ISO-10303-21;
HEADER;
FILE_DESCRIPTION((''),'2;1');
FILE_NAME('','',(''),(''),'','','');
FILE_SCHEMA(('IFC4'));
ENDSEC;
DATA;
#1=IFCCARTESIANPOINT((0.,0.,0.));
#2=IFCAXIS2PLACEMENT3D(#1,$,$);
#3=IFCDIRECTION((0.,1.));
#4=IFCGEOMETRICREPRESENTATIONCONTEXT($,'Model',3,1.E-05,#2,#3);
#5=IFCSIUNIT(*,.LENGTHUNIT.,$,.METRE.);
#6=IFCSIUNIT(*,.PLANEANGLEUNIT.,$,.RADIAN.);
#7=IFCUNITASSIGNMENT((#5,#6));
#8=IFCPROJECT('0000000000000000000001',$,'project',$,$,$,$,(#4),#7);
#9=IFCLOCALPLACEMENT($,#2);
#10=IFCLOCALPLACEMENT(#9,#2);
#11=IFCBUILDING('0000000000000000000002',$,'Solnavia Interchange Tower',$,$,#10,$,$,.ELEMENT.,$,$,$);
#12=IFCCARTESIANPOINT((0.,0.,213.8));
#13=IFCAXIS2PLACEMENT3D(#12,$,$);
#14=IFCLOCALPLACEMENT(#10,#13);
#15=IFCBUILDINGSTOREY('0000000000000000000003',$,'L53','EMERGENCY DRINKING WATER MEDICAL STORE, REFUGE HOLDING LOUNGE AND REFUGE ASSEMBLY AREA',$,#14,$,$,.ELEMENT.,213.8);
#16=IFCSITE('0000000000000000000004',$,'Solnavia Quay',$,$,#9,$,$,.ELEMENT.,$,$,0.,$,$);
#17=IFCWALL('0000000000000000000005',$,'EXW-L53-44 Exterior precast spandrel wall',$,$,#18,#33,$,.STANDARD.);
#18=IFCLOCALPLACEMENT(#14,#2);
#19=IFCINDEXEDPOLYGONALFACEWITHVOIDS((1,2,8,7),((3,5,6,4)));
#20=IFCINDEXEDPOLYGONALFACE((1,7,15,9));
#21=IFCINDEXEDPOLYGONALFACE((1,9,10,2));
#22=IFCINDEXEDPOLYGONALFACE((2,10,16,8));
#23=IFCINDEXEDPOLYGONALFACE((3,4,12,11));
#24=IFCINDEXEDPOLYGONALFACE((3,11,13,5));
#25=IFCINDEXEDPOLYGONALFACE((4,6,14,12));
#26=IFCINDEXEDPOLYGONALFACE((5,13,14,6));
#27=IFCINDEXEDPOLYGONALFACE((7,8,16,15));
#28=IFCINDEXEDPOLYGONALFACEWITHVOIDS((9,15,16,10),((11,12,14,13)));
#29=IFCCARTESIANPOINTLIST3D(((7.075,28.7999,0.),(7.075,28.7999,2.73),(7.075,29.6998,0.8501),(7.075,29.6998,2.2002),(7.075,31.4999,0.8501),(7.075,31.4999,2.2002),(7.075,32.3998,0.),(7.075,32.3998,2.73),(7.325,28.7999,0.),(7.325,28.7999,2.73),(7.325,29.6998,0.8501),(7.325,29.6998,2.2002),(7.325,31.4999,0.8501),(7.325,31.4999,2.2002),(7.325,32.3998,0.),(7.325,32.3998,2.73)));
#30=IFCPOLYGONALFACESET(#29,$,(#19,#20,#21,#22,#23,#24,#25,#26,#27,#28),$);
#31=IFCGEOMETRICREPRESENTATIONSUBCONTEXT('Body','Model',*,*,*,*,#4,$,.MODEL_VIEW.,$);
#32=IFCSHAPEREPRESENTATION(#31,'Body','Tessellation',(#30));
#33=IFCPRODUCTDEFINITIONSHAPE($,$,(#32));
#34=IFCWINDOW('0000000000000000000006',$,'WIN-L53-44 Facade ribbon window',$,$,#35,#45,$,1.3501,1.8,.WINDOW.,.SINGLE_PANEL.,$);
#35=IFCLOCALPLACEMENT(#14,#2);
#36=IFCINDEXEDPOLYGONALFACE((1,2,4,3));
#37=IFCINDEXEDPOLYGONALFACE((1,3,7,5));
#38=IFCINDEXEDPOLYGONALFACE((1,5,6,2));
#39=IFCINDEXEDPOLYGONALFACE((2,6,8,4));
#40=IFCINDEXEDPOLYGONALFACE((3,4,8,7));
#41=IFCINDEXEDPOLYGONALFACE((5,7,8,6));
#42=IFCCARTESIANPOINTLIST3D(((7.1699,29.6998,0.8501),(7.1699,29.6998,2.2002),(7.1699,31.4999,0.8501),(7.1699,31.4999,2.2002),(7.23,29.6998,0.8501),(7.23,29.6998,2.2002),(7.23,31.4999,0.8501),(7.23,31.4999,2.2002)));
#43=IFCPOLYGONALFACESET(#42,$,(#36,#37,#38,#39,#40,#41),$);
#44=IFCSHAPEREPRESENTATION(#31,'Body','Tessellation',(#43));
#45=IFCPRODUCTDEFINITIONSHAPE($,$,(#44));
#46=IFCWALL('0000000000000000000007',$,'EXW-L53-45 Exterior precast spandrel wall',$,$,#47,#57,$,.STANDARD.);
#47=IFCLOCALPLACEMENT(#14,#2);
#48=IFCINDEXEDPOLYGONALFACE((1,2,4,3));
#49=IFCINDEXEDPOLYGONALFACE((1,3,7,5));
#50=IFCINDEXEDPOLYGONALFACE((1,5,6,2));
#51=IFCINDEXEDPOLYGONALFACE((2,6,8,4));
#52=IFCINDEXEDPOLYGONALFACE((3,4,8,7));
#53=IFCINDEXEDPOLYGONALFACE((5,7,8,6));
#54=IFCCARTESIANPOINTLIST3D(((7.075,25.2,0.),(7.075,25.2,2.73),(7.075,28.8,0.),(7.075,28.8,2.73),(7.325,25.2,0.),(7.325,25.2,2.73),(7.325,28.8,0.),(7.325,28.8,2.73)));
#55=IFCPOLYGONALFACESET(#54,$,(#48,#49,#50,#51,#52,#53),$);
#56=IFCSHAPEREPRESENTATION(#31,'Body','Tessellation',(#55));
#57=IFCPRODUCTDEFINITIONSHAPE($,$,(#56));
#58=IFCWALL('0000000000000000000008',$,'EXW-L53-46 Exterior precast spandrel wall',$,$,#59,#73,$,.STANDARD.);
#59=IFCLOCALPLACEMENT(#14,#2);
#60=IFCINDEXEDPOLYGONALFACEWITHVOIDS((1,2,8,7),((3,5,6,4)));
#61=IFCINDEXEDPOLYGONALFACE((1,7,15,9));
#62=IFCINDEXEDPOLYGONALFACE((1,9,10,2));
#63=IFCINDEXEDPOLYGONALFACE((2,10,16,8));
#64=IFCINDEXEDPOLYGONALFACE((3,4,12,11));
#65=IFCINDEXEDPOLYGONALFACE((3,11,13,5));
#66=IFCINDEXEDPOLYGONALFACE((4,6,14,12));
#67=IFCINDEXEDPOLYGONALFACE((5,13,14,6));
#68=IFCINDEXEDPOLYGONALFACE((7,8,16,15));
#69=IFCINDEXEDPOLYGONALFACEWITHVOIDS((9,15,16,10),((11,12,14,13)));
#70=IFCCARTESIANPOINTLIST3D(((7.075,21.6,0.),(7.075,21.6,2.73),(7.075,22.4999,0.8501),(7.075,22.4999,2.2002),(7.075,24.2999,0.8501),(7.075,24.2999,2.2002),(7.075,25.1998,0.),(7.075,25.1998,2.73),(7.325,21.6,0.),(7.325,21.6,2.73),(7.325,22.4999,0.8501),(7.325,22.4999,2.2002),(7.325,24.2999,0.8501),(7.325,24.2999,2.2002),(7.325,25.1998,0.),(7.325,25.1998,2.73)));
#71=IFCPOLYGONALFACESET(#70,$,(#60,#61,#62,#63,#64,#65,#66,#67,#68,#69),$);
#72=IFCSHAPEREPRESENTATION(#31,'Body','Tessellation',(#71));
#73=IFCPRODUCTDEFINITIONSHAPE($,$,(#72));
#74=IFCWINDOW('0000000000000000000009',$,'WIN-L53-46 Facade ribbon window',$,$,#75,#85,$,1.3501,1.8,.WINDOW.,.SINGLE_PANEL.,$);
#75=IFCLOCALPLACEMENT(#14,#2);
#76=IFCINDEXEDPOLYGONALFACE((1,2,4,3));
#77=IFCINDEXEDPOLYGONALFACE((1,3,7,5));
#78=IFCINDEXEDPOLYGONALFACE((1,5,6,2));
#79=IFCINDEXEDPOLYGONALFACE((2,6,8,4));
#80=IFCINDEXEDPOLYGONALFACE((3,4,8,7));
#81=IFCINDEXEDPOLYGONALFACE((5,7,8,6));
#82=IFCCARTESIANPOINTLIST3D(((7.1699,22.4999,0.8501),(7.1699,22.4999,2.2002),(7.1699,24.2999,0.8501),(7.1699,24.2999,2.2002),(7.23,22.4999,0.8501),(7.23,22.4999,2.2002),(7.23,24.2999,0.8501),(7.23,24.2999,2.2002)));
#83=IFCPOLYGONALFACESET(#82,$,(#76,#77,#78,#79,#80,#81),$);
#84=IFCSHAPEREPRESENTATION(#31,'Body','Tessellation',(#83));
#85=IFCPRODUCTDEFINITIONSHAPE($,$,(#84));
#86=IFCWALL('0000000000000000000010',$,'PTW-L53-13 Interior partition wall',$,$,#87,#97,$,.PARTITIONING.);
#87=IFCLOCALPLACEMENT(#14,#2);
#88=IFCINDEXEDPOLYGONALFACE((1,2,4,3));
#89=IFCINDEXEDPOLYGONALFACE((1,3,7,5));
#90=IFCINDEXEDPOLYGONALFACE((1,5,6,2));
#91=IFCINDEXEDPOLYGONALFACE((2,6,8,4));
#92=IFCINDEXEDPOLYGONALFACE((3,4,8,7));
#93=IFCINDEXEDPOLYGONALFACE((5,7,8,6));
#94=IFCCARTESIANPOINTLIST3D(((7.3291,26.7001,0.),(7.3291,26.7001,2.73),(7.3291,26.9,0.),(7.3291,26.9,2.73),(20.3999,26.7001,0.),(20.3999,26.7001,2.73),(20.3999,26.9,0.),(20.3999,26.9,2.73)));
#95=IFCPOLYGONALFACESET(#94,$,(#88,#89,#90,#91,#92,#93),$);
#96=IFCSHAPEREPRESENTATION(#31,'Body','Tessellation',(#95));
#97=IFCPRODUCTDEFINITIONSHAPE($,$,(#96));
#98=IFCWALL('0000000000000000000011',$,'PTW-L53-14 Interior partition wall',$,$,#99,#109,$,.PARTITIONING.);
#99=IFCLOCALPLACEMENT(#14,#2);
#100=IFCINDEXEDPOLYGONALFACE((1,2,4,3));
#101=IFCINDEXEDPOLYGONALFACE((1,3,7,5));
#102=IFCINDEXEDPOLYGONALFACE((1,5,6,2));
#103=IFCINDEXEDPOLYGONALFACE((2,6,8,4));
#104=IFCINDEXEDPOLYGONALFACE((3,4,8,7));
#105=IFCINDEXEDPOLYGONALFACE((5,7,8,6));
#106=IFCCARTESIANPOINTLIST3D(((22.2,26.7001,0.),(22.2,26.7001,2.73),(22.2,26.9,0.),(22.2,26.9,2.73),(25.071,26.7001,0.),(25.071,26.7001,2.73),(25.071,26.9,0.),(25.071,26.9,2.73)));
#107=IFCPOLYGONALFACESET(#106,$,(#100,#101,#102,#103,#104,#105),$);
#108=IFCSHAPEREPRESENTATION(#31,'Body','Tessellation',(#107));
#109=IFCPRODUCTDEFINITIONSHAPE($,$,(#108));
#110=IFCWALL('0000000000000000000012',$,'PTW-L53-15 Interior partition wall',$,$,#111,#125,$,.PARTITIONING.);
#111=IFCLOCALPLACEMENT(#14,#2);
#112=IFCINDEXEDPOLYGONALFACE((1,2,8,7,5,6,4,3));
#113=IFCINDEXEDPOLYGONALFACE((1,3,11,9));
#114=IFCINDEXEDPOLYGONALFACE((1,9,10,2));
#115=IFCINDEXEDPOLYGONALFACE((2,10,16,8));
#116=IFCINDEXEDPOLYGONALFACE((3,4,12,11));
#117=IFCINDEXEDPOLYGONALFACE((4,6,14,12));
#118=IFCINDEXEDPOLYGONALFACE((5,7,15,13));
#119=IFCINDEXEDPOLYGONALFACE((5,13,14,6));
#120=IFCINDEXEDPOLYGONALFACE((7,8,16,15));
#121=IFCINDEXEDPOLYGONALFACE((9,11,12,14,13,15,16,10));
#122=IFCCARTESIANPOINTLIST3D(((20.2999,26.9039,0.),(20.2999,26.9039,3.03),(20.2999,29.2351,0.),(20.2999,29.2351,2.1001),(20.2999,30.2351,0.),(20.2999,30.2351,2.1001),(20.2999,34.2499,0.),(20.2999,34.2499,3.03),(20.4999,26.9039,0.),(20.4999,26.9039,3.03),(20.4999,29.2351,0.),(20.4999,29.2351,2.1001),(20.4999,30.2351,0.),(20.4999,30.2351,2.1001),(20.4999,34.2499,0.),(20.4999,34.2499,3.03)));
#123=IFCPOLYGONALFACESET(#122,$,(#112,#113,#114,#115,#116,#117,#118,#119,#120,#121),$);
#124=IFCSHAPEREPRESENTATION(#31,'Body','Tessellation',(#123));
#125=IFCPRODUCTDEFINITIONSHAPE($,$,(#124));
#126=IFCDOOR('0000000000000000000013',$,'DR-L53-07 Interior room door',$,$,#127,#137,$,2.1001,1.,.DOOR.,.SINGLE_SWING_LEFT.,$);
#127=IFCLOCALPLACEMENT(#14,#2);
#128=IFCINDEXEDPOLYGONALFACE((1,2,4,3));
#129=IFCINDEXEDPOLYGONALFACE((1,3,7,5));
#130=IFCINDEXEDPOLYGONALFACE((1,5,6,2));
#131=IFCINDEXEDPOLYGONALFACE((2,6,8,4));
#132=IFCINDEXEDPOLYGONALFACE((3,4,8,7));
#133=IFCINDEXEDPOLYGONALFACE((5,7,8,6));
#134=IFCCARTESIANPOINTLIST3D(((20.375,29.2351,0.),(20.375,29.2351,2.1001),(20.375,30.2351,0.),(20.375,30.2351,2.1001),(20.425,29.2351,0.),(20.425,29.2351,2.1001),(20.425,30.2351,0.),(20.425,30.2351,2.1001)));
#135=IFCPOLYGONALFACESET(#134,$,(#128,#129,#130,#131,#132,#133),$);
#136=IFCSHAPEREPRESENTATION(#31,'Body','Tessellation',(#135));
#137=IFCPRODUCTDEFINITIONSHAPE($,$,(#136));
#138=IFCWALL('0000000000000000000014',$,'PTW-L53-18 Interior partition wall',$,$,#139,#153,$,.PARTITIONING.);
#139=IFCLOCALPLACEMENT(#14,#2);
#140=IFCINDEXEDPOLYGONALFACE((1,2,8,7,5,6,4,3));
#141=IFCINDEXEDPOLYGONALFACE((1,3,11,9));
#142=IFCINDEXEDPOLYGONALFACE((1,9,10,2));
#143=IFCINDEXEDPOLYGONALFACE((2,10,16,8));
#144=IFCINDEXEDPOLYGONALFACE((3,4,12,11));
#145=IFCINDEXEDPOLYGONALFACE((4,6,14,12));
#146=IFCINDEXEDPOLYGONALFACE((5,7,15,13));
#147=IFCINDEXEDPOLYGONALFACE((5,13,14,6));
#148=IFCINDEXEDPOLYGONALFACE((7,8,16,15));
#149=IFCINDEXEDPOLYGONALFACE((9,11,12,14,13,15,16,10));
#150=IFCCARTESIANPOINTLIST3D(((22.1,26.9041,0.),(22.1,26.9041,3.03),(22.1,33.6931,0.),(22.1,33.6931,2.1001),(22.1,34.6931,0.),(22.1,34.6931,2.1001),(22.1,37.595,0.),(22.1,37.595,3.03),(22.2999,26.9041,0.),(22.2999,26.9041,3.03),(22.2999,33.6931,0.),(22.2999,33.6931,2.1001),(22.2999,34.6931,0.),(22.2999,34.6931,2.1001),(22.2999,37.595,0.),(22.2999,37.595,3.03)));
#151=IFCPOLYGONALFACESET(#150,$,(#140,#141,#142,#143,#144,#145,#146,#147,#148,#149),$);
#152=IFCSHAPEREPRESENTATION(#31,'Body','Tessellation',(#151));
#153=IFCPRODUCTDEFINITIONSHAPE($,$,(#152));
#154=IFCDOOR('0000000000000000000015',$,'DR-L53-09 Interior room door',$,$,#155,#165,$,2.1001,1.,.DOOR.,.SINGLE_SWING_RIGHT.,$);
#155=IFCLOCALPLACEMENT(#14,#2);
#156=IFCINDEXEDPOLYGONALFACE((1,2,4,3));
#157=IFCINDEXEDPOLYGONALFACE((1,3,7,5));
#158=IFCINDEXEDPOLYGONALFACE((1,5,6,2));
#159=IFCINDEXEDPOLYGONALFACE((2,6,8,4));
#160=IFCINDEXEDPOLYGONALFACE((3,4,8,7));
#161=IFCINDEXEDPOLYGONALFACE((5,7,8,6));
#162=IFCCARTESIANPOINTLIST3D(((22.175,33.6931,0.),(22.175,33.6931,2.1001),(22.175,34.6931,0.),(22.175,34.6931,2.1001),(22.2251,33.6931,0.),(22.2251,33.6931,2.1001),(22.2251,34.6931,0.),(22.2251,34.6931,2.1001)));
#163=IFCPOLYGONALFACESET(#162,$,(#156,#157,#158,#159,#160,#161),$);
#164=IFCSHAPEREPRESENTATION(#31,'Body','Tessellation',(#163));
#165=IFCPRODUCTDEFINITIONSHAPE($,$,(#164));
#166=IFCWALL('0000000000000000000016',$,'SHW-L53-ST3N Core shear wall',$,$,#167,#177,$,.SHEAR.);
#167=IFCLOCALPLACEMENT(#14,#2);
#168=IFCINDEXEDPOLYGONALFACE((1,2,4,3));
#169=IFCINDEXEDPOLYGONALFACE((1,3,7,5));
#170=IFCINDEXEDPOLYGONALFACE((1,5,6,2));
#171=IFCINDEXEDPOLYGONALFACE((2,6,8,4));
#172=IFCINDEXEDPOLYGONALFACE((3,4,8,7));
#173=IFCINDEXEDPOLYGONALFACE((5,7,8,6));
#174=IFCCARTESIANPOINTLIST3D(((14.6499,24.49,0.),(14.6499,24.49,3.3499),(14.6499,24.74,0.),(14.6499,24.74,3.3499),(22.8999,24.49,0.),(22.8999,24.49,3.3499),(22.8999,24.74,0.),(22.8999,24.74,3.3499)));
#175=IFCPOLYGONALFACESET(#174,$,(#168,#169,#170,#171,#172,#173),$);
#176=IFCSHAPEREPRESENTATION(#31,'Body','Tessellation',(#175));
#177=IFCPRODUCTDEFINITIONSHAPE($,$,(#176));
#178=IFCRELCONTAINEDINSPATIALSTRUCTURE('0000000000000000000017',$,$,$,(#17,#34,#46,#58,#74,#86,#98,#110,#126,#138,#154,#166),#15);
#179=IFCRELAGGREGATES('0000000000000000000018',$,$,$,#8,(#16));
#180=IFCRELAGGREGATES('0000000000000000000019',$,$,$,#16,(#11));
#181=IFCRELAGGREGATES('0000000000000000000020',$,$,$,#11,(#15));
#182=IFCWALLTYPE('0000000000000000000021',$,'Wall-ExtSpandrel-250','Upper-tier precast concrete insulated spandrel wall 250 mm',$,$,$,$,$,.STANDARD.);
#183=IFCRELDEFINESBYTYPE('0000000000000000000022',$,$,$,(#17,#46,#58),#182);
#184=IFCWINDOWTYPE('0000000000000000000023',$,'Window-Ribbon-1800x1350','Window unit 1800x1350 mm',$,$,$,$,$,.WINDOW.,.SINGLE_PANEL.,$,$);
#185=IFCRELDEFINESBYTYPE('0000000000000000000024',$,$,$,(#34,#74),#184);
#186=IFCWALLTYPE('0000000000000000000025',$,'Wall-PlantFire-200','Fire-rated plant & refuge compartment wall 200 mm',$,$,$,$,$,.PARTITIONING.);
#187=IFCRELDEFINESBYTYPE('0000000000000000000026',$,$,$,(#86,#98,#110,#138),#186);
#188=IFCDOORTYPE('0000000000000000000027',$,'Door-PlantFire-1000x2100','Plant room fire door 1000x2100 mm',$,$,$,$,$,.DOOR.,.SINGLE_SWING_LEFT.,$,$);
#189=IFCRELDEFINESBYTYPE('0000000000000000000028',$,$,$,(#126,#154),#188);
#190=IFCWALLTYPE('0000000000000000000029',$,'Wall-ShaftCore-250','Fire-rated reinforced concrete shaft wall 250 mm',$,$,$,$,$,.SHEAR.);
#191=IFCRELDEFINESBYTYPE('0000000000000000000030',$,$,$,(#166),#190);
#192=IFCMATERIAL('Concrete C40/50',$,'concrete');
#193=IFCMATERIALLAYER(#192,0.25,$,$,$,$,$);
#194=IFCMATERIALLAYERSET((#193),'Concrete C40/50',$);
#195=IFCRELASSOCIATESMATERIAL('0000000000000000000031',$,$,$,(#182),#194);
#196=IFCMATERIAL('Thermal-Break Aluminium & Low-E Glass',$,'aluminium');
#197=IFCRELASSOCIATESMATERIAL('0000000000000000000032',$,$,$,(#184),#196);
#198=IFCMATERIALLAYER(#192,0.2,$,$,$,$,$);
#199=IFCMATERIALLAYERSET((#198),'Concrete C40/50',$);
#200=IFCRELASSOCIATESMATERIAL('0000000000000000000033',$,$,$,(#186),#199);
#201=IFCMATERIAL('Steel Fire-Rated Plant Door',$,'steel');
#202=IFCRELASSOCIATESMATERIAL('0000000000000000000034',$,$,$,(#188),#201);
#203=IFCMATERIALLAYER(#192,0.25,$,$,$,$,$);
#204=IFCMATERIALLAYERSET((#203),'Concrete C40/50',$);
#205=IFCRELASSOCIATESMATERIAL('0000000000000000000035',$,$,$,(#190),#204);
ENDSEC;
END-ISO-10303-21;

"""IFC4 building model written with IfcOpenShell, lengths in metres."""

from ifc_helpers import new_model, si_unit, direction, frame, frame_2d, origin, place, context, subcontext, project, spatial, rectangle, extrude, material, layer, layer_set, type_object, element, fill, save


model = new_model("IFC4")

# Units and contexts
model_context = context("Model", 3, precision=1e-05, world=origin(), true_north=direction((0.0, 1.0)))
body_context = subcontext(model_context, "Body", "Model", "MODEL_VIEW")
ifc_project = project(units=[si_unit("LENGTHUNIT", "METRE"), si_unit("PLANEANGLEUNIT", "RADIAN")], contexts=[model_context])

# Site, building, storey
site_placement = place(None, origin())
site = spatial("IfcSite", under=ifc_project, at=site_placement, Name="Solnavia Quay", CompositionType="ELEMENT", RefElevation=0.0)
building_placement = place(site_placement, origin())
building = spatial("IfcBuilding", under=site, at=building_placement, Name="Solnavia Interchange Tower", CompositionType="ELEMENT")
storey_placement = place(building_placement, frame((0.0, 0.0, 213.8)))
storey = spatial("IfcBuildingStorey", under=building, at=storey_placement, Name="L53", Description="EMERGENCY DRINKING WATER MEDICAL STORE, REFUGE HOLDING LOUNGE AND REFUGE ASSEMBLY AREA", CompositionType="ELEMENT", Elevation=213.8)

# Wall, opening, window
ifc_material_1 = material(Name="Concrete C40/50", Category="concrete")
ifc_layer_1 = layer(ifc_material_1, 0.25)
ifc_layer_set_1 = layer_set([ifc_layer_1], Name="Concrete C40/50")
wall_type_1 = type_object("IfcWallType", Name="Wall-ExtSpandrel-250", Description="Upper-tier precast concrete insulated spandrel wall 250 mm", PredefinedType="STANDARD", material=ifc_layer_set_1)
wall_1_placement = place(storey_placement, frame((7.2, 28.8, 0.0), z_axis=(0.0, 0.0, 1.0), x_axis=(0.0, 1.0, 0.0)))
wall_1 = element("IfcWall", 1, at=wall_1_placement, inside=storey, type_object=wall_type_1, Name="EXW-L53-44 Exterior precast spandrel wall", PredefinedType="STANDARD", context=body_context, shape_type="SweptSolid", body=[
    extrude(rectangle(XDim=3.5999, YDim=0.25, at=frame_2d((1.7998, 0.0))), origin(), (0.0, 0.0, 1.0), 2.73),
])
opening_1_placement = place(wall_1_placement, frame((0.8999, 0.0, 0.8501)))
opening_1 = element("IfcOpeningElement", 2, at=opening_1_placement, cuts=wall_1, PredefinedType="OPENING", context=body_context, shape_type="SweptSolid", body=[
    extrude(rectangle(XDim=1.8, YDim=1.3501, at=frame_2d((0.8999, 0.675))), frame((0.0, 0.135, 0.0), z_axis=(0.0, -1.0, 0.0), x_axis=(1.0, 0.0, 0.0)), (0.0, 0.0, 1.0), 0.27),
])
ifc_material_2 = material(Name="Thermal-Break Aluminium & Low-E Glass", Category="aluminium")
window_type = type_object("IfcWindowType", Name="Window-Ribbon-1800x1350", Description="Window unit 1800x1350 mm", PartitioningType="SINGLE_PANEL", PredefinedType="WINDOW", material=ifc_material_2)
window_1_placement = place(opening_1_placement, origin())
window_1 = element("IfcWindow", 3, at=window_1_placement, inside=storey, type_object=window_type, Name="WIN-L53-44 Facade ribbon window", OverallHeight=1.3501, OverallWidth=1.8, PartitioningType="SINGLE_PANEL", PredefinedType="WINDOW", context=body_context, shape_type="SweptSolid", body=[
    extrude(rectangle(XDim=1.8, YDim=1.3501, at=frame_2d((0.8999, 0.675))), frame((0.0, 0.03, 0.0), z_axis=(0.0, -1.0, 0.0), x_axis=(1.0, 0.0, 0.0)), (0.0, 0.0, 1.0), 0.0601),
])
fill(opening_1, window_1)

# Wall
wall_2_placement = place(storey_placement, frame((7.2, 25.2, 0.0), z_axis=(0.0, 0.0, 1.0), x_axis=(0.0, 1.0, 0.0)))
element("IfcWall", 4, at=wall_2_placement, inside=storey, type_object=wall_type_1, Name="EXW-L53-45 Exterior precast spandrel wall", PredefinedType="STANDARD", context=body_context, shape_type="SweptSolid", body=[
    extrude(rectangle(XDim=3.6001, YDim=0.25, at=frame_2d((1.8, 0.0))), origin(), (0.0, 0.0, 1.0), 2.73),
])

# Wall, opening, window
wall_3_placement = place(storey_placement, frame((7.2, 21.6001, 0.0), z_axis=(0.0, 0.0, 1.0), x_axis=(0.0, 1.0, 0.0)))
wall_3 = element("IfcWall", 5, at=wall_3_placement, inside=storey, type_object=wall_type_1, Name="EXW-L53-46 Exterior precast spandrel wall", PredefinedType="STANDARD", context=body_context, shape_type="SweptSolid", body=[
    extrude(rectangle(XDim=3.5999, YDim=0.25, at=frame_2d((1.7998, 0.0))), origin(), (0.0, 0.0, 1.0), 2.73),
])
opening_2_placement = place(wall_3_placement, frame((0.8999, 0.0, 0.8501)))
opening_2 = element("IfcOpeningElement", 6, at=opening_2_placement, cuts=wall_3, PredefinedType="OPENING", context=body_context, shape_type="SweptSolid", body=[
    extrude(rectangle(XDim=1.8, YDim=1.3501, at=frame_2d((0.8999, 0.675))), frame((0.0, 0.135, 0.0), z_axis=(0.0, -1.0, 0.0), x_axis=(1.0, 0.0, 0.0)), (0.0, 0.0, 1.0), 0.27),
])
window_2_placement = place(opening_2_placement, origin())
window_2 = element("IfcWindow", 7, at=window_2_placement, inside=storey, type_object=window_type, Name="WIN-L53-46 Facade ribbon window", OverallHeight=1.3501, OverallWidth=1.8, PartitioningType="SINGLE_PANEL", PredefinedType="WINDOW", context=body_context, shape_type="SweptSolid", body=[
    extrude(rectangle(XDim=1.8, YDim=1.3501, at=frame_2d((0.8999, 0.675))), frame((0.0, 0.03, 0.0), z_axis=(0.0, -1.0, 0.0), x_axis=(1.0, 0.0, 0.0)), (0.0, 0.0, 1.0), 0.0601),
])
fill(opening_2, window_2)

# Walls
ifc_layer_2 = layer(ifc_material_1, 0.2)
ifc_layer_set_2 = layer_set([ifc_layer_2], Name="Concrete C40/50")
wall_type_2 = type_object("IfcWallType", Name="Wall-PlantFire-200", Description="Fire-rated plant & refuge compartment wall 200 mm", PredefinedType="PARTITIONING", material=ifc_layer_set_2)
wall_4_placement = place(storey_placement, frame((7.3291, 26.8, 0.0), z_axis=(0.0, 0.0, 1.0), x_axis=(1.0, 0.0, 0.0)))
element("IfcWall", 8, at=wall_4_placement, inside=storey, type_object=wall_type_2, Name="PTW-L53-13 Interior partition wall", PredefinedType="PARTITIONING", context=body_context, shape_type="SweptSolid", body=[
    extrude(rectangle(XDim=13.0708, YDim=0.2, at=frame_2d((6.5354, 0.0))), origin(), (0.0, 0.0, 1.0), 2.73),
])
wall_5_placement = place(storey_placement, frame((22.2, 26.8, 0.0), z_axis=(0.0, 0.0, 1.0), x_axis=(1.0, 0.0, 0.0)))
element("IfcWall", 9, at=wall_5_placement, inside=storey, type_object=wall_type_2, Name="PTW-L53-14 Interior partition wall", PredefinedType="PARTITIONING", context=body_context, shape_type="SweptSolid", body=[
    extrude(rectangle(XDim=2.8711, YDim=0.2, at=frame_2d((1.4355, 0.0))), origin(), (0.0, 0.0, 1.0), 2.73),
])

# Walls, openings, doors
wall_6_placement = place(storey_placement, frame((20.3999, 26.9041, 0.0), z_axis=(0.0, 0.0, 1.0), x_axis=(0.0, 1.0, 0.0)))
wall_6 = element("IfcWall", 10, at=wall_6_placement, inside=storey, type_object=wall_type_2, Name="PTW-L53-15 Interior partition wall", PredefinedType="PARTITIONING", context=body_context, shape_type="SweptSolid", body=[
    extrude(rectangle(XDim=7.3459, YDim=0.2, at=frame_2d((3.6729, 0.0))), origin(), (0.0, 0.0, 1.0), 3.03),
])
opening_3_placement = place(wall_6_placement, frame((2.3311, 0.0, 0.0)))
opening_3 = element("IfcOpeningElement", 11, at=opening_3_placement, cuts=wall_6, PredefinedType="OPENING", context=body_context, shape_type="SweptSolid", body=[
    extrude(rectangle(XDim=1.0, YDim=2.1001, at=frame_2d((0.5, 1.05))), frame((0.0, 0.1099, 0.0), z_axis=(0.0, -1.0, 0.0), x_axis=(1.0, 0.0, 0.0)), (0.0, 0.0, 1.0), 0.22),
])
ifc_material_3 = material(Name="Steel Fire-Rated Plant Door", Category="steel")
door_type = type_object("IfcDoorType", Name="Door-PlantFire-1000x2100", Description="Plant room fire door 1000x2100 mm", OperationType="SINGLE_SWING_LEFT", PredefinedType="DOOR", material=ifc_material_3)
door_1_placement = place(opening_3_placement, origin())
door_1 = element("IfcDoor", 12, at=door_1_placement, inside=storey, type_object=door_type, Name="DR-L53-07 Interior room door", OperationType="SINGLE_SWING_LEFT", OverallHeight=2.1001, OverallWidth=1.0, PredefinedType="DOOR", context=body_context, shape_type="SweptSolid", body=[
    extrude(rectangle(XDim=1.0, YDim=2.1001, at=frame_2d((0.5, 1.05))), frame((0.0, 0.0249, 0.0), z_axis=(0.0, -1.0, 0.0), x_axis=(1.0, 0.0, 0.0)), (0.0, 0.0, 1.0), 0.05),
])
fill(opening_3, door_1)
wall_7_placement = place(storey_placement, frame((22.2, 26.9041, 0.0), z_axis=(0.0, 0.0, 1.0), x_axis=(0.0, 1.0, 0.0)))
wall_7 = element("IfcWall", 13, at=wall_7_placement, inside=storey, type_object=wall_type_2, Name="PTW-L53-18 Interior partition wall", PredefinedType="PARTITIONING", context=body_context, shape_type="SweptSolid", body=[
    extrude(rectangle(XDim=10.6909, YDim=0.2, at=frame_2d((5.3455, 0.0))), origin(), (0.0, 0.0, 1.0), 3.03),
])
opening_4_placement = place(wall_7_placement, frame((6.7891, 0.0, 0.0)))
opening_4 = element("IfcOpeningElement", 14, at=opening_4_placement, cuts=wall_7, PredefinedType="OPENING", context=body_context, shape_type="SweptSolid", body=[
    extrude(rectangle(XDim=1.0, YDim=2.1001, at=frame_2d((0.5, 1.05))), frame((0.0, 0.1099, 0.0), z_axis=(0.0, -1.0, 0.0), x_axis=(1.0, 0.0, 0.0)), (0.0, 0.0, 1.0), 0.22),
])
door_2_placement = place(opening_4_placement, origin())
door_2 = element("IfcDoor", 15, at=door_2_placement, inside=storey, type_object=door_type, Name="DR-L53-09 Interior room door", OperationType="SINGLE_SWING_RIGHT", OverallHeight=2.1001, OverallWidth=1.0, PredefinedType="DOOR", context=body_context, shape_type="SweptSolid", body=[
    extrude(rectangle(XDim=1.0, YDim=2.1001, at=frame_2d((0.5, 1.05))), frame((0.0, 0.0249, 0.0), z_axis=(0.0, -1.0, 0.0), x_axis=(1.0, 0.0, 0.0)), (0.0, 0.0, 1.0), 0.05),
])
fill(opening_4, door_2)

# Wall
ifc_layer_3 = layer(ifc_material_1, 0.25)
ifc_layer_set_3 = layer_set([ifc_layer_3], Name="Concrete C40/50")
wall_type_3 = type_object("IfcWallType", Name="Wall-ShaftCore-250", Description="Fire-rated reinforced concrete shaft wall 250 mm", PredefinedType="SHEAR", material=ifc_layer_set_3)
wall_8_placement = place(storey_placement, frame((14.6499, 24.615, 0.0), z_axis=(0.0, 0.0, 1.0), x_axis=(1.0, 0.0, 0.0)))
element("IfcWall", 16, at=wall_8_placement, inside=storey, type_object=wall_type_3, Name="SHW-L53-ST3N Core shear wall", PredefinedType="SHEAR", context=body_context, shape_type="SweptSolid", body=[
    extrude(rectangle(XDim=8.25, YDim=0.25, at=frame_2d((4.125, 0.0))), origin(), (0.0, 0.0, 1.0), 3.3499),
])

save(model, "model.ifc")
